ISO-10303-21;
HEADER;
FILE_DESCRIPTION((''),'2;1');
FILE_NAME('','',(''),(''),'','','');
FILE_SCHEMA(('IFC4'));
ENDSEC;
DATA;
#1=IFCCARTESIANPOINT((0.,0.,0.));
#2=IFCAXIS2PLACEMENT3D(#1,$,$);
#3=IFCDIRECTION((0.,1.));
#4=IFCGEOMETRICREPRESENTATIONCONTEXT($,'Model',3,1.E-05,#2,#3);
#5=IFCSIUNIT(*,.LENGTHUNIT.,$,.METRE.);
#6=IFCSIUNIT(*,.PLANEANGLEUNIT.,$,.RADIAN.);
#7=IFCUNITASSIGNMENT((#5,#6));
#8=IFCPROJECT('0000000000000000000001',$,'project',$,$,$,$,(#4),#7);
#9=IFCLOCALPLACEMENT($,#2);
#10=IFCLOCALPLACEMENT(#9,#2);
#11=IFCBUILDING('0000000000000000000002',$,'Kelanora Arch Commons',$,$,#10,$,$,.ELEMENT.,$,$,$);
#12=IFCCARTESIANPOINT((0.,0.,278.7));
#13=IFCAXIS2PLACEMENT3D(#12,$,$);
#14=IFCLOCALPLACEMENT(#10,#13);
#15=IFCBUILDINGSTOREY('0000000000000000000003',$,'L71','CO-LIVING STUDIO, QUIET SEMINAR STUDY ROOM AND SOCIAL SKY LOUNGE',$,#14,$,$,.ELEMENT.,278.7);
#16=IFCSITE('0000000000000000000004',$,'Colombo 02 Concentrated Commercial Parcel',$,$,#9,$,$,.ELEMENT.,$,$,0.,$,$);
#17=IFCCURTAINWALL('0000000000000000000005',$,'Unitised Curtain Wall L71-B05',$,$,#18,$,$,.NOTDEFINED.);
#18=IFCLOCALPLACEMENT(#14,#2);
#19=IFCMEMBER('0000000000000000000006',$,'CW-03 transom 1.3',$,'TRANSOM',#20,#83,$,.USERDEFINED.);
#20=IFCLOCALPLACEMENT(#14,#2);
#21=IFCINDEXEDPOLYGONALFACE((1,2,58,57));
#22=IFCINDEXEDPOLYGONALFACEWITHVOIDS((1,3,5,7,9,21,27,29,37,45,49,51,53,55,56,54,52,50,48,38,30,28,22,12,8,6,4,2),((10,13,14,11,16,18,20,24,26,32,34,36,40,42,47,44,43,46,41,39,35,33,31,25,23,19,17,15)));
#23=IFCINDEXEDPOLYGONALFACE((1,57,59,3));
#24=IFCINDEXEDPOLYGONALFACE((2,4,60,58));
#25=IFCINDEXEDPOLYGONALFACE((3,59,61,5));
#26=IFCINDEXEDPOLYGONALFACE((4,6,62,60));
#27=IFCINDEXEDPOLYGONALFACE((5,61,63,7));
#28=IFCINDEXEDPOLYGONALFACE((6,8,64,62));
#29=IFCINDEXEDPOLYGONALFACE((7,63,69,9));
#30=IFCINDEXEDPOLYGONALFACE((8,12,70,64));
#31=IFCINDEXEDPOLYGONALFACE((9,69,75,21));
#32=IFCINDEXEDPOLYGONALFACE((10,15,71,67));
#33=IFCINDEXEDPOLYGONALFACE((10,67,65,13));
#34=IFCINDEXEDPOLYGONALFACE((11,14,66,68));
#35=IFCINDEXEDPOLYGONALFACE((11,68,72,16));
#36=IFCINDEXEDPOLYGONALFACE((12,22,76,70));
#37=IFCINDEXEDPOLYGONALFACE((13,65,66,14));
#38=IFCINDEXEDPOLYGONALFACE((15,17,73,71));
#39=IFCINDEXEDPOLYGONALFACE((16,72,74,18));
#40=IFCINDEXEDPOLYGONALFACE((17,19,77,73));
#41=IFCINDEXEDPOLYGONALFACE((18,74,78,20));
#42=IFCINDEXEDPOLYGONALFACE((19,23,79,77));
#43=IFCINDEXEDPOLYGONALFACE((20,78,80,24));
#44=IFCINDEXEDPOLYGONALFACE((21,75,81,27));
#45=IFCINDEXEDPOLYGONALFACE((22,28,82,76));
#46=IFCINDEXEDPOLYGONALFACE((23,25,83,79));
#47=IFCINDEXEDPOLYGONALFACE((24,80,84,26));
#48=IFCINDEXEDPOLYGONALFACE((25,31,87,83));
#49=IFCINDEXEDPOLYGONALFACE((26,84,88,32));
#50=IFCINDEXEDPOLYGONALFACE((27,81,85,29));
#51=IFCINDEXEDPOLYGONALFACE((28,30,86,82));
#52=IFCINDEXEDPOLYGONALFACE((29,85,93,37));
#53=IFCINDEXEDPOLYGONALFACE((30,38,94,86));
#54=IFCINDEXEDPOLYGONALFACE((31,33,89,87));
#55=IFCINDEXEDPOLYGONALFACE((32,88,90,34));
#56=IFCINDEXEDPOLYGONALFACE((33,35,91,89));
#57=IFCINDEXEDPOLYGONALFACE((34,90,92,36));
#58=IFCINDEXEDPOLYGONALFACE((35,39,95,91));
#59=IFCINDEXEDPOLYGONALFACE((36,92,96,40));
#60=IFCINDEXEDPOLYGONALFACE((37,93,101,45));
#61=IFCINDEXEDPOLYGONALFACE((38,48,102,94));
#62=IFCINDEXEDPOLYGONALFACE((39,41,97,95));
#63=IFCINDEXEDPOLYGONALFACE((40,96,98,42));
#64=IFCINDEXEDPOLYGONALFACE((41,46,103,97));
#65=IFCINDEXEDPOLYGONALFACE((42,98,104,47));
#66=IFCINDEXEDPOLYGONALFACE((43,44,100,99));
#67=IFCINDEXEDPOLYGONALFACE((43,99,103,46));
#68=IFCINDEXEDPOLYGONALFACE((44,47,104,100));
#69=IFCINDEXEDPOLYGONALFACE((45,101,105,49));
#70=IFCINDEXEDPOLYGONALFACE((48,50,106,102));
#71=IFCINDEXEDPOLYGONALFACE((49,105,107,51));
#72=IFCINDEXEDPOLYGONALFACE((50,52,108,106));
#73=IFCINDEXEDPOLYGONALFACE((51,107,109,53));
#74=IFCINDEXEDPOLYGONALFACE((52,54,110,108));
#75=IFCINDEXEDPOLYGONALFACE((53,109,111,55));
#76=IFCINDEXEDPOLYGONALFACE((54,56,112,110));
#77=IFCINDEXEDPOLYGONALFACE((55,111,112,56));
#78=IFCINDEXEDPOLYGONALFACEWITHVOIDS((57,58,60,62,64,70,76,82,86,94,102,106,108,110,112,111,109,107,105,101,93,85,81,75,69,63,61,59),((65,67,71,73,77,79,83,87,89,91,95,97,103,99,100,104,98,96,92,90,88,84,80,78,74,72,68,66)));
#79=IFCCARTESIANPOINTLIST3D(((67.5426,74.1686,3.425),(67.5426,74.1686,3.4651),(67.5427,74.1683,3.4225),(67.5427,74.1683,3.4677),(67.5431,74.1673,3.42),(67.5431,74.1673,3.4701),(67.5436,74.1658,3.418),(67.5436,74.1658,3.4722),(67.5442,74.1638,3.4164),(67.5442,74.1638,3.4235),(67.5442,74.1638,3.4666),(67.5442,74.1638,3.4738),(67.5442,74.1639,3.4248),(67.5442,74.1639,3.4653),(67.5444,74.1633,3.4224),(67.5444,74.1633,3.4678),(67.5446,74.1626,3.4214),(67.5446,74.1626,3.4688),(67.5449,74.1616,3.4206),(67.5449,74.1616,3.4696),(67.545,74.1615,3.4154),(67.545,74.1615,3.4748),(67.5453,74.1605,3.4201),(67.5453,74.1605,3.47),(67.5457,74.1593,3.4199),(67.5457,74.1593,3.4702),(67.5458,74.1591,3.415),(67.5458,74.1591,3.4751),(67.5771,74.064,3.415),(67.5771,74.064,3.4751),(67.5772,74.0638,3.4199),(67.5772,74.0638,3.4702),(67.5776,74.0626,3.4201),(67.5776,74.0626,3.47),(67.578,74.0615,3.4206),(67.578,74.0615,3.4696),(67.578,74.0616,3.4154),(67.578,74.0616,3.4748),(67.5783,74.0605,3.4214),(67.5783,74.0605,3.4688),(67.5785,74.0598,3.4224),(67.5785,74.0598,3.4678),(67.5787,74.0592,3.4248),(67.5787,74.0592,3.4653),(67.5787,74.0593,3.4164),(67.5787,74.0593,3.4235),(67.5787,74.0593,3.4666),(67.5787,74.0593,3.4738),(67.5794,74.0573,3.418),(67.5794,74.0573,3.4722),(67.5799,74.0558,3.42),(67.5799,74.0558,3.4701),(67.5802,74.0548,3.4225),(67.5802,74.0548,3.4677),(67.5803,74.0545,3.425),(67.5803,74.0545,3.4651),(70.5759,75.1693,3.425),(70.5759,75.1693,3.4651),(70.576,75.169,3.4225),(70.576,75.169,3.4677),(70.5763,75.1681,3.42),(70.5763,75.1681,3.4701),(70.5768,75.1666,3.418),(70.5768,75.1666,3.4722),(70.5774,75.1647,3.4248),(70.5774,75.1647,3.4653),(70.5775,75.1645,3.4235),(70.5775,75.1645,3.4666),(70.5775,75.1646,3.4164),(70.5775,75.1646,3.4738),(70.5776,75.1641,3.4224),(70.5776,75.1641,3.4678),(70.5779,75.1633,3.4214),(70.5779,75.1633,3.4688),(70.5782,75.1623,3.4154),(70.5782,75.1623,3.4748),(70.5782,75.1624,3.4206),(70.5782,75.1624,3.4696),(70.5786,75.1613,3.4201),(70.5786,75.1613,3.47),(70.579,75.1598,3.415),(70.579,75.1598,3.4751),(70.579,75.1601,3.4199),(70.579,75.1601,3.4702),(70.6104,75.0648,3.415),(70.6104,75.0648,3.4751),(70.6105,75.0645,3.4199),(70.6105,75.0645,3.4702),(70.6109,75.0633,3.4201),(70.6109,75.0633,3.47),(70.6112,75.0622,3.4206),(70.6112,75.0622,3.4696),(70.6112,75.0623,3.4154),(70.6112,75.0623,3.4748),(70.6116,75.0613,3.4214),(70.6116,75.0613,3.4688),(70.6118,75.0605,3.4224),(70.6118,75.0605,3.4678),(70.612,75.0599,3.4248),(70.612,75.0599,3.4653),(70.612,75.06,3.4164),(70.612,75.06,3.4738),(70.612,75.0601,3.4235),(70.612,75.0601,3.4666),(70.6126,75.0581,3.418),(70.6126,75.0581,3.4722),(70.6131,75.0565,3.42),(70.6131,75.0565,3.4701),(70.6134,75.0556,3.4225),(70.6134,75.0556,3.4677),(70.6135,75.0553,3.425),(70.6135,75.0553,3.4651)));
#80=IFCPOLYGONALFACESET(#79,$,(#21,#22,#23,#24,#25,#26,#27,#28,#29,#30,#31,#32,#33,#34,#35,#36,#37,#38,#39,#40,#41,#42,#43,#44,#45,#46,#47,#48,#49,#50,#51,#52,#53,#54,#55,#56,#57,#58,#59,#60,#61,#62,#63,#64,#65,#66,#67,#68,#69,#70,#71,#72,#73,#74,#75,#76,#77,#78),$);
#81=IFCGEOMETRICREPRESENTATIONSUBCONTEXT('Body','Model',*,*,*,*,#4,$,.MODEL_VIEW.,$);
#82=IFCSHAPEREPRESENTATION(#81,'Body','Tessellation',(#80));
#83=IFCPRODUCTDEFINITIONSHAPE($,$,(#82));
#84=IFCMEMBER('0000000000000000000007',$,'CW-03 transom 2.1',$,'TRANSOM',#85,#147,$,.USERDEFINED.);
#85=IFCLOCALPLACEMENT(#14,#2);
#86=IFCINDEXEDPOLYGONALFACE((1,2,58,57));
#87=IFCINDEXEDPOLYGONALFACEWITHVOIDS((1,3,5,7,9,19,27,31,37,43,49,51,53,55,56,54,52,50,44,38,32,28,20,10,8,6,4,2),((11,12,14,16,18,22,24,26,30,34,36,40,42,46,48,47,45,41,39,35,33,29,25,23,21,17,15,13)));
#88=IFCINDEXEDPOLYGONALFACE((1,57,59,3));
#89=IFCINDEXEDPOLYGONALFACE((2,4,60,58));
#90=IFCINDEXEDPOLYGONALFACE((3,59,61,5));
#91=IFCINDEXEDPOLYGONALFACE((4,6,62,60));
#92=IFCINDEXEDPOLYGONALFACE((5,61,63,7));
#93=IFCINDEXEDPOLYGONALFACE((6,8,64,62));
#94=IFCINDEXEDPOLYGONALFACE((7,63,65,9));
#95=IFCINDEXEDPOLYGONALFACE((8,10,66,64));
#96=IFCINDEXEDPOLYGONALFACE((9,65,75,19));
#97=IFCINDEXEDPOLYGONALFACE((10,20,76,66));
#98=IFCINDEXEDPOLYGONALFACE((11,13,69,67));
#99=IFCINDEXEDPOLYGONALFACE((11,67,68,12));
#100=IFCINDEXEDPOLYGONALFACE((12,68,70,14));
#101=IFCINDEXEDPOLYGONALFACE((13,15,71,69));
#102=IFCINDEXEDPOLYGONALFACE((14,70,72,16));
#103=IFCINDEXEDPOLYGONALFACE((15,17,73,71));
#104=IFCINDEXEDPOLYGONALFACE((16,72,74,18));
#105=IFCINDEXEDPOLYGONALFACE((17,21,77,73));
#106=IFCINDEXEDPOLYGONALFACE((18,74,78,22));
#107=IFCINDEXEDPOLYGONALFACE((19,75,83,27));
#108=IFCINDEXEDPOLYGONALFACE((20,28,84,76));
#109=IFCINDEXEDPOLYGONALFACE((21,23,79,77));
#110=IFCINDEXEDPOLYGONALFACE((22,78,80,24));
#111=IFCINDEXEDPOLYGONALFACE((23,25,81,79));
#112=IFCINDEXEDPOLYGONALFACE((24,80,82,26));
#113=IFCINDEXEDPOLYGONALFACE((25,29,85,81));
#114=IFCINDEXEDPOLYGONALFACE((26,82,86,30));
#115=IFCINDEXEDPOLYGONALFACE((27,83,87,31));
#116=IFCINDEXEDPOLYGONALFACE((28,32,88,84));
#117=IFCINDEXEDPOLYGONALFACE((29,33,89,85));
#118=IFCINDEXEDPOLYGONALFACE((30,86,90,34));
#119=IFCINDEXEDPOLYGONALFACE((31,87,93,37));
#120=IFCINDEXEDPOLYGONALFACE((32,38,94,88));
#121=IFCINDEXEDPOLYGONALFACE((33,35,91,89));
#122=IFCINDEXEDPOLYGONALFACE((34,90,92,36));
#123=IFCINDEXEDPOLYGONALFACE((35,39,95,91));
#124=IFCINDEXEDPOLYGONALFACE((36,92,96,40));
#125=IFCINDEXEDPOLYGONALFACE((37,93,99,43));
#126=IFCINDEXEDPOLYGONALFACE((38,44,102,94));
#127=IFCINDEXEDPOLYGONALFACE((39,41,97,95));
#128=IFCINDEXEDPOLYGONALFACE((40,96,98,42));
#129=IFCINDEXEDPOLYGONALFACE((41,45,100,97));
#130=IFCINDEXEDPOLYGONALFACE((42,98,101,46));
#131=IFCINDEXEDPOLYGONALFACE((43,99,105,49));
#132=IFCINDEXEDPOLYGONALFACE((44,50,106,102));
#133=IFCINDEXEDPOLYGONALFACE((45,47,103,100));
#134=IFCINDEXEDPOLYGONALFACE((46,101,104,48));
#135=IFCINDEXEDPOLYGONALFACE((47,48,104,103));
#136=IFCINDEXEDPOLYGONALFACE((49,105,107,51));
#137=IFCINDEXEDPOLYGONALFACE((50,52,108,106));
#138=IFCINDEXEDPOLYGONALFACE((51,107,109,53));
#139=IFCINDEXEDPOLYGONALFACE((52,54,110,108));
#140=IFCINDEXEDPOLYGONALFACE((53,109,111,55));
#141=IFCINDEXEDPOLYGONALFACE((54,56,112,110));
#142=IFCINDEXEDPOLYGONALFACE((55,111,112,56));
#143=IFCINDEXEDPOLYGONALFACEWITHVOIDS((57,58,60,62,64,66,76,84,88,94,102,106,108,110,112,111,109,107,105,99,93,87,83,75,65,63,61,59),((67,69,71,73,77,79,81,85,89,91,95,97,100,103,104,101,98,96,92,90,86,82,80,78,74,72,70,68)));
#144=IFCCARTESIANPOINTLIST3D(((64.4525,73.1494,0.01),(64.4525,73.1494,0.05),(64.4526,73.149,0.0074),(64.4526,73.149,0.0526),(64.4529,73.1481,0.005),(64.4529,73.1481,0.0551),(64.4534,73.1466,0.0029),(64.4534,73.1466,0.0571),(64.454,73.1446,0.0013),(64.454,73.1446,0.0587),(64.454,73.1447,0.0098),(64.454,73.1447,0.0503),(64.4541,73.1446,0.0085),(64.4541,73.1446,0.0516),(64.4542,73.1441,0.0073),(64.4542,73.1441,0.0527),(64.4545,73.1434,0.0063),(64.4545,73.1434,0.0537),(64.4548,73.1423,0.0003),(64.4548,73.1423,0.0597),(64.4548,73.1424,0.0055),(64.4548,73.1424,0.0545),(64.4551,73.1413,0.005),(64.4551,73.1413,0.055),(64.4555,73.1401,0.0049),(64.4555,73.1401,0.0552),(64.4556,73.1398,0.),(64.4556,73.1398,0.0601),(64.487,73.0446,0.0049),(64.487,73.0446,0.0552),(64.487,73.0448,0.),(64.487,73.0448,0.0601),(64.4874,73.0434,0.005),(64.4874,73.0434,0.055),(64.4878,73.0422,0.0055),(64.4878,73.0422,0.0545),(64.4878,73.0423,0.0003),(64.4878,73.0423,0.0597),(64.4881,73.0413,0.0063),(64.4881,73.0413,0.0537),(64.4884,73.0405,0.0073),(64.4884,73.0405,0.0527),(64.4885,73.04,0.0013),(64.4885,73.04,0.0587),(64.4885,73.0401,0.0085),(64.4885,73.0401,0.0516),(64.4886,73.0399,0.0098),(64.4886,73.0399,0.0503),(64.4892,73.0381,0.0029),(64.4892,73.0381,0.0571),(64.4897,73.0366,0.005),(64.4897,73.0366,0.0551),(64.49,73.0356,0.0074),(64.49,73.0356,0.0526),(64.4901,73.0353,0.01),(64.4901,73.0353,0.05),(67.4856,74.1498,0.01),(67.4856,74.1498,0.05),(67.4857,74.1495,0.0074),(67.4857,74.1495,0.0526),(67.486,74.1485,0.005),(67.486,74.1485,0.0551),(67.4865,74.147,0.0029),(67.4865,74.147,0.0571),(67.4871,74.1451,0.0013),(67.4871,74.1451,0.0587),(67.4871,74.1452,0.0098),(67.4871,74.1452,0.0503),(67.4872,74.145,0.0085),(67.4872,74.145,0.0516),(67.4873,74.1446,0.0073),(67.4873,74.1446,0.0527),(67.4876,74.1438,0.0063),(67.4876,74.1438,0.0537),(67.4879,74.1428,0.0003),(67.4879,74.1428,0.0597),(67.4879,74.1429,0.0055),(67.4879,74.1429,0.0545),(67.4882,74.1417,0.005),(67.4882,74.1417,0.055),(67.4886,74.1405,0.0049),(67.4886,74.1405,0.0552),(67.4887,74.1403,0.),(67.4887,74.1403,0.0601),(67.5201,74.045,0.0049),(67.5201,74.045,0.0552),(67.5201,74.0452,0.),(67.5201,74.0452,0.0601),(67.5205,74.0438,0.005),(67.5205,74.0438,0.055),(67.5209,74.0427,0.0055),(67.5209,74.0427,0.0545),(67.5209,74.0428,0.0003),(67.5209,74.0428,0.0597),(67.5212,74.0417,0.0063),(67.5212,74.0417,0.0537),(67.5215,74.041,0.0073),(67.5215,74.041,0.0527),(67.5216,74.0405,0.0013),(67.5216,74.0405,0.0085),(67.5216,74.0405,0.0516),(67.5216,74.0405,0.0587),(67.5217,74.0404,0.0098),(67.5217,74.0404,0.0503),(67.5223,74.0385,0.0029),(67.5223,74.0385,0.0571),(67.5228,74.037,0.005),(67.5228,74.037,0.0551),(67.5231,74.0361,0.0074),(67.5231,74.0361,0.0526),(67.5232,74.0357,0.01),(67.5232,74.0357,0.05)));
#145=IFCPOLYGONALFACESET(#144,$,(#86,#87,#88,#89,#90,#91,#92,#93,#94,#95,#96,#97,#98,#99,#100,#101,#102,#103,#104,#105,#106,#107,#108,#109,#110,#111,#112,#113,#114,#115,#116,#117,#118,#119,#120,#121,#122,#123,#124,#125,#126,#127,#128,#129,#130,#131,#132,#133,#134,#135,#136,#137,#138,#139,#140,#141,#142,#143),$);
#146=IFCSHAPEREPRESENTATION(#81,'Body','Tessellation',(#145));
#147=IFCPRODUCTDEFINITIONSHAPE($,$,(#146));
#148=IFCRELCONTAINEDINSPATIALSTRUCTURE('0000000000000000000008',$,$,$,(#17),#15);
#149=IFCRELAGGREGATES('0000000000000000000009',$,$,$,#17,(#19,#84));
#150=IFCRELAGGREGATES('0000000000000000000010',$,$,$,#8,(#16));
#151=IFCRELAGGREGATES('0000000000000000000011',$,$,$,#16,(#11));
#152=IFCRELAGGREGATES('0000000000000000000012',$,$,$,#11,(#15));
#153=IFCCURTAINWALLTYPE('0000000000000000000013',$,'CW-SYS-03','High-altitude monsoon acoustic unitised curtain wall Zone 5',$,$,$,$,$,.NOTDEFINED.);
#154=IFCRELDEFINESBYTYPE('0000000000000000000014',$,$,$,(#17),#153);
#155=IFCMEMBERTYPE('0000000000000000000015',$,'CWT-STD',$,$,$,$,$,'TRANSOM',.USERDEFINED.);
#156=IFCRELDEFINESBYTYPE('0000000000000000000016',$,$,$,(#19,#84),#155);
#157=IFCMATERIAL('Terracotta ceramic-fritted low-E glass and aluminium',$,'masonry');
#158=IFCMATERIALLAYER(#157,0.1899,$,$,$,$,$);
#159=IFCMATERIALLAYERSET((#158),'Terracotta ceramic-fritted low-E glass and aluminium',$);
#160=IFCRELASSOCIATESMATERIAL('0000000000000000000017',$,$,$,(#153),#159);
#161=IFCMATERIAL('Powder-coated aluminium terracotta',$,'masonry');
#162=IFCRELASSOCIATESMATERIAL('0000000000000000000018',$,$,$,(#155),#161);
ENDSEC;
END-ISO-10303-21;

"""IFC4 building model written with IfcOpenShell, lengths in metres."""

from ifc_helpers import new_model, si_unit, direction, frame, origin, origin_2d, place, context, subcontext, project, spatial, hollow_rectangle, extrude, material, layer, layer_set, material_profile, profile_set, type_object, element, aggregate, save


model = new_model("IFC4")

# Units and contexts
model_context = context("Model", 3, precision=1e-05, world=origin(), true_north=direction((0.0, 1.0)))
body_context = subcontext(model_context, "Body", "Model", "MODEL_VIEW")
ifc_project = project(units=[si_unit("LENGTHUNIT", "METRE"), si_unit("PLANEANGLEUNIT", "RADIAN")], contexts=[model_context])

# Site, building, storey
site_placement = place(None, origin())
site = spatial("IfcSite", under=ifc_project, at=site_placement, Name="Colombo 02 Concentrated Commercial Parcel", CompositionType="ELEMENT", RefElevation=0.0)
building_placement = place(site_placement, origin())
building = spatial("IfcBuilding", under=site, at=building_placement, Name="Kelanora Arch Commons", CompositionType="ELEMENT")
storey_placement = place(building_placement, frame((0.0, 0.0, 278.7)))
storey = spatial("IfcBuildingStorey", under=building, at=storey_placement, Name="L71", Description="CO-LIVING STUDIO, QUIET SEMINAR STUDY ROOM AND SOCIAL SKY LOUNGE", CompositionType="ELEMENT", Elevation=278.7)

# Curtain wall, members
ifc_material_1 = material(Name="Terracotta ceramic-fritted low-E glass and aluminium", Category="masonry")
ifc_layer_1 = layer(ifc_material_1, 0.1899)
ifc_layer_set_1 = layer_set([ifc_layer_1], Name="Terracotta ceramic-fritted low-E glass and aluminium")
curtain_wall_type = type_object("IfcCurtainWallType", Name="CW-SYS-03", Description="High-altitude monsoon acoustic unitised curtain wall Zone 5", PredefinedType="NOTDEFINED", material=ifc_layer_set_1)
curtain_wall_placement = place(storey_placement, origin())
curtain_wall = element("IfcCurtainWall", 1, at=curtain_wall_placement, inside=storey, type_object=curtain_wall_type, Name="Unitised Curtain Wall L71-B05", PredefinedType="NOTDEFINED")
ifc_material_2 = material(Name="Powder-coated aluminium terracotta", Category="masonry")
ifc_material_profile_1 = material_profile(ifc_material_2, hollow_rectangle(XDim=0.1201, YDim=0.0601, WallThickness=0.0049, InnerFilletRadius=0.0049, OuterFilletRadius=0.01, at=origin_2d()), Name="CWT120x60")
ifc_profile_set_1 = profile_set([ifc_material_profile_1], Name="Powder-coated aluminium terracotta")
member_type_1 = type_object("IfcMemberType", Name="CWT-STD", ElementType="TRANSOM", PredefinedType="USERDEFINED", material=ifc_profile_set_1)
member_1_placement = place(storey_placement, frame((70.5947, 75.1123, 3.4451), z_axis=(-0.94965, -0.313314, 0.0), x_axis=(0.313314, -0.94965, 0.0)))
member_1 = element("IfcMember", 2, at=member_1_placement, type_object=member_type_1, Name="CW-03 transom 1.3", ObjectType="TRANSOM", PredefinedType="USERDEFINED", context=body_context, shape_type="SweptSolid", body=[
    extrude(hollow_rectangle(XDim=0.1201, YDim=0.0601, WallThickness=0.0049, InnerFilletRadius=0.0049, OuterFilletRadius=0.01, at=origin_2d()), origin(), (0.0, 0.0, 1.0), 3.1941),
])
member_2_placement = place(storey_placement, frame((67.5044, 74.0928, 0.03), z_axis=(-0.949672, -0.313245, 0.0), x_axis=(0.313245, -0.949672, 0.0)))
member_2 = element("IfcMember", 3, at=member_2_placement, type_object=member_type_1, Name="CW-03 transom 2.1", ObjectType="TRANSOM", PredefinedType="USERDEFINED", context=body_context, shape_type="SweptSolid", body=[
    extrude(hollow_rectangle(XDim=0.1201, YDim=0.0601, WallThickness=0.0049, InnerFilletRadius=0.0049, OuterFilletRadius=0.01, at=origin_2d()), origin(), (0.0, 0.0, 1.0), 3.1938),
])
aggregate(curtain_wall, [member_1, member_2])

save(model, "model.ifc")
